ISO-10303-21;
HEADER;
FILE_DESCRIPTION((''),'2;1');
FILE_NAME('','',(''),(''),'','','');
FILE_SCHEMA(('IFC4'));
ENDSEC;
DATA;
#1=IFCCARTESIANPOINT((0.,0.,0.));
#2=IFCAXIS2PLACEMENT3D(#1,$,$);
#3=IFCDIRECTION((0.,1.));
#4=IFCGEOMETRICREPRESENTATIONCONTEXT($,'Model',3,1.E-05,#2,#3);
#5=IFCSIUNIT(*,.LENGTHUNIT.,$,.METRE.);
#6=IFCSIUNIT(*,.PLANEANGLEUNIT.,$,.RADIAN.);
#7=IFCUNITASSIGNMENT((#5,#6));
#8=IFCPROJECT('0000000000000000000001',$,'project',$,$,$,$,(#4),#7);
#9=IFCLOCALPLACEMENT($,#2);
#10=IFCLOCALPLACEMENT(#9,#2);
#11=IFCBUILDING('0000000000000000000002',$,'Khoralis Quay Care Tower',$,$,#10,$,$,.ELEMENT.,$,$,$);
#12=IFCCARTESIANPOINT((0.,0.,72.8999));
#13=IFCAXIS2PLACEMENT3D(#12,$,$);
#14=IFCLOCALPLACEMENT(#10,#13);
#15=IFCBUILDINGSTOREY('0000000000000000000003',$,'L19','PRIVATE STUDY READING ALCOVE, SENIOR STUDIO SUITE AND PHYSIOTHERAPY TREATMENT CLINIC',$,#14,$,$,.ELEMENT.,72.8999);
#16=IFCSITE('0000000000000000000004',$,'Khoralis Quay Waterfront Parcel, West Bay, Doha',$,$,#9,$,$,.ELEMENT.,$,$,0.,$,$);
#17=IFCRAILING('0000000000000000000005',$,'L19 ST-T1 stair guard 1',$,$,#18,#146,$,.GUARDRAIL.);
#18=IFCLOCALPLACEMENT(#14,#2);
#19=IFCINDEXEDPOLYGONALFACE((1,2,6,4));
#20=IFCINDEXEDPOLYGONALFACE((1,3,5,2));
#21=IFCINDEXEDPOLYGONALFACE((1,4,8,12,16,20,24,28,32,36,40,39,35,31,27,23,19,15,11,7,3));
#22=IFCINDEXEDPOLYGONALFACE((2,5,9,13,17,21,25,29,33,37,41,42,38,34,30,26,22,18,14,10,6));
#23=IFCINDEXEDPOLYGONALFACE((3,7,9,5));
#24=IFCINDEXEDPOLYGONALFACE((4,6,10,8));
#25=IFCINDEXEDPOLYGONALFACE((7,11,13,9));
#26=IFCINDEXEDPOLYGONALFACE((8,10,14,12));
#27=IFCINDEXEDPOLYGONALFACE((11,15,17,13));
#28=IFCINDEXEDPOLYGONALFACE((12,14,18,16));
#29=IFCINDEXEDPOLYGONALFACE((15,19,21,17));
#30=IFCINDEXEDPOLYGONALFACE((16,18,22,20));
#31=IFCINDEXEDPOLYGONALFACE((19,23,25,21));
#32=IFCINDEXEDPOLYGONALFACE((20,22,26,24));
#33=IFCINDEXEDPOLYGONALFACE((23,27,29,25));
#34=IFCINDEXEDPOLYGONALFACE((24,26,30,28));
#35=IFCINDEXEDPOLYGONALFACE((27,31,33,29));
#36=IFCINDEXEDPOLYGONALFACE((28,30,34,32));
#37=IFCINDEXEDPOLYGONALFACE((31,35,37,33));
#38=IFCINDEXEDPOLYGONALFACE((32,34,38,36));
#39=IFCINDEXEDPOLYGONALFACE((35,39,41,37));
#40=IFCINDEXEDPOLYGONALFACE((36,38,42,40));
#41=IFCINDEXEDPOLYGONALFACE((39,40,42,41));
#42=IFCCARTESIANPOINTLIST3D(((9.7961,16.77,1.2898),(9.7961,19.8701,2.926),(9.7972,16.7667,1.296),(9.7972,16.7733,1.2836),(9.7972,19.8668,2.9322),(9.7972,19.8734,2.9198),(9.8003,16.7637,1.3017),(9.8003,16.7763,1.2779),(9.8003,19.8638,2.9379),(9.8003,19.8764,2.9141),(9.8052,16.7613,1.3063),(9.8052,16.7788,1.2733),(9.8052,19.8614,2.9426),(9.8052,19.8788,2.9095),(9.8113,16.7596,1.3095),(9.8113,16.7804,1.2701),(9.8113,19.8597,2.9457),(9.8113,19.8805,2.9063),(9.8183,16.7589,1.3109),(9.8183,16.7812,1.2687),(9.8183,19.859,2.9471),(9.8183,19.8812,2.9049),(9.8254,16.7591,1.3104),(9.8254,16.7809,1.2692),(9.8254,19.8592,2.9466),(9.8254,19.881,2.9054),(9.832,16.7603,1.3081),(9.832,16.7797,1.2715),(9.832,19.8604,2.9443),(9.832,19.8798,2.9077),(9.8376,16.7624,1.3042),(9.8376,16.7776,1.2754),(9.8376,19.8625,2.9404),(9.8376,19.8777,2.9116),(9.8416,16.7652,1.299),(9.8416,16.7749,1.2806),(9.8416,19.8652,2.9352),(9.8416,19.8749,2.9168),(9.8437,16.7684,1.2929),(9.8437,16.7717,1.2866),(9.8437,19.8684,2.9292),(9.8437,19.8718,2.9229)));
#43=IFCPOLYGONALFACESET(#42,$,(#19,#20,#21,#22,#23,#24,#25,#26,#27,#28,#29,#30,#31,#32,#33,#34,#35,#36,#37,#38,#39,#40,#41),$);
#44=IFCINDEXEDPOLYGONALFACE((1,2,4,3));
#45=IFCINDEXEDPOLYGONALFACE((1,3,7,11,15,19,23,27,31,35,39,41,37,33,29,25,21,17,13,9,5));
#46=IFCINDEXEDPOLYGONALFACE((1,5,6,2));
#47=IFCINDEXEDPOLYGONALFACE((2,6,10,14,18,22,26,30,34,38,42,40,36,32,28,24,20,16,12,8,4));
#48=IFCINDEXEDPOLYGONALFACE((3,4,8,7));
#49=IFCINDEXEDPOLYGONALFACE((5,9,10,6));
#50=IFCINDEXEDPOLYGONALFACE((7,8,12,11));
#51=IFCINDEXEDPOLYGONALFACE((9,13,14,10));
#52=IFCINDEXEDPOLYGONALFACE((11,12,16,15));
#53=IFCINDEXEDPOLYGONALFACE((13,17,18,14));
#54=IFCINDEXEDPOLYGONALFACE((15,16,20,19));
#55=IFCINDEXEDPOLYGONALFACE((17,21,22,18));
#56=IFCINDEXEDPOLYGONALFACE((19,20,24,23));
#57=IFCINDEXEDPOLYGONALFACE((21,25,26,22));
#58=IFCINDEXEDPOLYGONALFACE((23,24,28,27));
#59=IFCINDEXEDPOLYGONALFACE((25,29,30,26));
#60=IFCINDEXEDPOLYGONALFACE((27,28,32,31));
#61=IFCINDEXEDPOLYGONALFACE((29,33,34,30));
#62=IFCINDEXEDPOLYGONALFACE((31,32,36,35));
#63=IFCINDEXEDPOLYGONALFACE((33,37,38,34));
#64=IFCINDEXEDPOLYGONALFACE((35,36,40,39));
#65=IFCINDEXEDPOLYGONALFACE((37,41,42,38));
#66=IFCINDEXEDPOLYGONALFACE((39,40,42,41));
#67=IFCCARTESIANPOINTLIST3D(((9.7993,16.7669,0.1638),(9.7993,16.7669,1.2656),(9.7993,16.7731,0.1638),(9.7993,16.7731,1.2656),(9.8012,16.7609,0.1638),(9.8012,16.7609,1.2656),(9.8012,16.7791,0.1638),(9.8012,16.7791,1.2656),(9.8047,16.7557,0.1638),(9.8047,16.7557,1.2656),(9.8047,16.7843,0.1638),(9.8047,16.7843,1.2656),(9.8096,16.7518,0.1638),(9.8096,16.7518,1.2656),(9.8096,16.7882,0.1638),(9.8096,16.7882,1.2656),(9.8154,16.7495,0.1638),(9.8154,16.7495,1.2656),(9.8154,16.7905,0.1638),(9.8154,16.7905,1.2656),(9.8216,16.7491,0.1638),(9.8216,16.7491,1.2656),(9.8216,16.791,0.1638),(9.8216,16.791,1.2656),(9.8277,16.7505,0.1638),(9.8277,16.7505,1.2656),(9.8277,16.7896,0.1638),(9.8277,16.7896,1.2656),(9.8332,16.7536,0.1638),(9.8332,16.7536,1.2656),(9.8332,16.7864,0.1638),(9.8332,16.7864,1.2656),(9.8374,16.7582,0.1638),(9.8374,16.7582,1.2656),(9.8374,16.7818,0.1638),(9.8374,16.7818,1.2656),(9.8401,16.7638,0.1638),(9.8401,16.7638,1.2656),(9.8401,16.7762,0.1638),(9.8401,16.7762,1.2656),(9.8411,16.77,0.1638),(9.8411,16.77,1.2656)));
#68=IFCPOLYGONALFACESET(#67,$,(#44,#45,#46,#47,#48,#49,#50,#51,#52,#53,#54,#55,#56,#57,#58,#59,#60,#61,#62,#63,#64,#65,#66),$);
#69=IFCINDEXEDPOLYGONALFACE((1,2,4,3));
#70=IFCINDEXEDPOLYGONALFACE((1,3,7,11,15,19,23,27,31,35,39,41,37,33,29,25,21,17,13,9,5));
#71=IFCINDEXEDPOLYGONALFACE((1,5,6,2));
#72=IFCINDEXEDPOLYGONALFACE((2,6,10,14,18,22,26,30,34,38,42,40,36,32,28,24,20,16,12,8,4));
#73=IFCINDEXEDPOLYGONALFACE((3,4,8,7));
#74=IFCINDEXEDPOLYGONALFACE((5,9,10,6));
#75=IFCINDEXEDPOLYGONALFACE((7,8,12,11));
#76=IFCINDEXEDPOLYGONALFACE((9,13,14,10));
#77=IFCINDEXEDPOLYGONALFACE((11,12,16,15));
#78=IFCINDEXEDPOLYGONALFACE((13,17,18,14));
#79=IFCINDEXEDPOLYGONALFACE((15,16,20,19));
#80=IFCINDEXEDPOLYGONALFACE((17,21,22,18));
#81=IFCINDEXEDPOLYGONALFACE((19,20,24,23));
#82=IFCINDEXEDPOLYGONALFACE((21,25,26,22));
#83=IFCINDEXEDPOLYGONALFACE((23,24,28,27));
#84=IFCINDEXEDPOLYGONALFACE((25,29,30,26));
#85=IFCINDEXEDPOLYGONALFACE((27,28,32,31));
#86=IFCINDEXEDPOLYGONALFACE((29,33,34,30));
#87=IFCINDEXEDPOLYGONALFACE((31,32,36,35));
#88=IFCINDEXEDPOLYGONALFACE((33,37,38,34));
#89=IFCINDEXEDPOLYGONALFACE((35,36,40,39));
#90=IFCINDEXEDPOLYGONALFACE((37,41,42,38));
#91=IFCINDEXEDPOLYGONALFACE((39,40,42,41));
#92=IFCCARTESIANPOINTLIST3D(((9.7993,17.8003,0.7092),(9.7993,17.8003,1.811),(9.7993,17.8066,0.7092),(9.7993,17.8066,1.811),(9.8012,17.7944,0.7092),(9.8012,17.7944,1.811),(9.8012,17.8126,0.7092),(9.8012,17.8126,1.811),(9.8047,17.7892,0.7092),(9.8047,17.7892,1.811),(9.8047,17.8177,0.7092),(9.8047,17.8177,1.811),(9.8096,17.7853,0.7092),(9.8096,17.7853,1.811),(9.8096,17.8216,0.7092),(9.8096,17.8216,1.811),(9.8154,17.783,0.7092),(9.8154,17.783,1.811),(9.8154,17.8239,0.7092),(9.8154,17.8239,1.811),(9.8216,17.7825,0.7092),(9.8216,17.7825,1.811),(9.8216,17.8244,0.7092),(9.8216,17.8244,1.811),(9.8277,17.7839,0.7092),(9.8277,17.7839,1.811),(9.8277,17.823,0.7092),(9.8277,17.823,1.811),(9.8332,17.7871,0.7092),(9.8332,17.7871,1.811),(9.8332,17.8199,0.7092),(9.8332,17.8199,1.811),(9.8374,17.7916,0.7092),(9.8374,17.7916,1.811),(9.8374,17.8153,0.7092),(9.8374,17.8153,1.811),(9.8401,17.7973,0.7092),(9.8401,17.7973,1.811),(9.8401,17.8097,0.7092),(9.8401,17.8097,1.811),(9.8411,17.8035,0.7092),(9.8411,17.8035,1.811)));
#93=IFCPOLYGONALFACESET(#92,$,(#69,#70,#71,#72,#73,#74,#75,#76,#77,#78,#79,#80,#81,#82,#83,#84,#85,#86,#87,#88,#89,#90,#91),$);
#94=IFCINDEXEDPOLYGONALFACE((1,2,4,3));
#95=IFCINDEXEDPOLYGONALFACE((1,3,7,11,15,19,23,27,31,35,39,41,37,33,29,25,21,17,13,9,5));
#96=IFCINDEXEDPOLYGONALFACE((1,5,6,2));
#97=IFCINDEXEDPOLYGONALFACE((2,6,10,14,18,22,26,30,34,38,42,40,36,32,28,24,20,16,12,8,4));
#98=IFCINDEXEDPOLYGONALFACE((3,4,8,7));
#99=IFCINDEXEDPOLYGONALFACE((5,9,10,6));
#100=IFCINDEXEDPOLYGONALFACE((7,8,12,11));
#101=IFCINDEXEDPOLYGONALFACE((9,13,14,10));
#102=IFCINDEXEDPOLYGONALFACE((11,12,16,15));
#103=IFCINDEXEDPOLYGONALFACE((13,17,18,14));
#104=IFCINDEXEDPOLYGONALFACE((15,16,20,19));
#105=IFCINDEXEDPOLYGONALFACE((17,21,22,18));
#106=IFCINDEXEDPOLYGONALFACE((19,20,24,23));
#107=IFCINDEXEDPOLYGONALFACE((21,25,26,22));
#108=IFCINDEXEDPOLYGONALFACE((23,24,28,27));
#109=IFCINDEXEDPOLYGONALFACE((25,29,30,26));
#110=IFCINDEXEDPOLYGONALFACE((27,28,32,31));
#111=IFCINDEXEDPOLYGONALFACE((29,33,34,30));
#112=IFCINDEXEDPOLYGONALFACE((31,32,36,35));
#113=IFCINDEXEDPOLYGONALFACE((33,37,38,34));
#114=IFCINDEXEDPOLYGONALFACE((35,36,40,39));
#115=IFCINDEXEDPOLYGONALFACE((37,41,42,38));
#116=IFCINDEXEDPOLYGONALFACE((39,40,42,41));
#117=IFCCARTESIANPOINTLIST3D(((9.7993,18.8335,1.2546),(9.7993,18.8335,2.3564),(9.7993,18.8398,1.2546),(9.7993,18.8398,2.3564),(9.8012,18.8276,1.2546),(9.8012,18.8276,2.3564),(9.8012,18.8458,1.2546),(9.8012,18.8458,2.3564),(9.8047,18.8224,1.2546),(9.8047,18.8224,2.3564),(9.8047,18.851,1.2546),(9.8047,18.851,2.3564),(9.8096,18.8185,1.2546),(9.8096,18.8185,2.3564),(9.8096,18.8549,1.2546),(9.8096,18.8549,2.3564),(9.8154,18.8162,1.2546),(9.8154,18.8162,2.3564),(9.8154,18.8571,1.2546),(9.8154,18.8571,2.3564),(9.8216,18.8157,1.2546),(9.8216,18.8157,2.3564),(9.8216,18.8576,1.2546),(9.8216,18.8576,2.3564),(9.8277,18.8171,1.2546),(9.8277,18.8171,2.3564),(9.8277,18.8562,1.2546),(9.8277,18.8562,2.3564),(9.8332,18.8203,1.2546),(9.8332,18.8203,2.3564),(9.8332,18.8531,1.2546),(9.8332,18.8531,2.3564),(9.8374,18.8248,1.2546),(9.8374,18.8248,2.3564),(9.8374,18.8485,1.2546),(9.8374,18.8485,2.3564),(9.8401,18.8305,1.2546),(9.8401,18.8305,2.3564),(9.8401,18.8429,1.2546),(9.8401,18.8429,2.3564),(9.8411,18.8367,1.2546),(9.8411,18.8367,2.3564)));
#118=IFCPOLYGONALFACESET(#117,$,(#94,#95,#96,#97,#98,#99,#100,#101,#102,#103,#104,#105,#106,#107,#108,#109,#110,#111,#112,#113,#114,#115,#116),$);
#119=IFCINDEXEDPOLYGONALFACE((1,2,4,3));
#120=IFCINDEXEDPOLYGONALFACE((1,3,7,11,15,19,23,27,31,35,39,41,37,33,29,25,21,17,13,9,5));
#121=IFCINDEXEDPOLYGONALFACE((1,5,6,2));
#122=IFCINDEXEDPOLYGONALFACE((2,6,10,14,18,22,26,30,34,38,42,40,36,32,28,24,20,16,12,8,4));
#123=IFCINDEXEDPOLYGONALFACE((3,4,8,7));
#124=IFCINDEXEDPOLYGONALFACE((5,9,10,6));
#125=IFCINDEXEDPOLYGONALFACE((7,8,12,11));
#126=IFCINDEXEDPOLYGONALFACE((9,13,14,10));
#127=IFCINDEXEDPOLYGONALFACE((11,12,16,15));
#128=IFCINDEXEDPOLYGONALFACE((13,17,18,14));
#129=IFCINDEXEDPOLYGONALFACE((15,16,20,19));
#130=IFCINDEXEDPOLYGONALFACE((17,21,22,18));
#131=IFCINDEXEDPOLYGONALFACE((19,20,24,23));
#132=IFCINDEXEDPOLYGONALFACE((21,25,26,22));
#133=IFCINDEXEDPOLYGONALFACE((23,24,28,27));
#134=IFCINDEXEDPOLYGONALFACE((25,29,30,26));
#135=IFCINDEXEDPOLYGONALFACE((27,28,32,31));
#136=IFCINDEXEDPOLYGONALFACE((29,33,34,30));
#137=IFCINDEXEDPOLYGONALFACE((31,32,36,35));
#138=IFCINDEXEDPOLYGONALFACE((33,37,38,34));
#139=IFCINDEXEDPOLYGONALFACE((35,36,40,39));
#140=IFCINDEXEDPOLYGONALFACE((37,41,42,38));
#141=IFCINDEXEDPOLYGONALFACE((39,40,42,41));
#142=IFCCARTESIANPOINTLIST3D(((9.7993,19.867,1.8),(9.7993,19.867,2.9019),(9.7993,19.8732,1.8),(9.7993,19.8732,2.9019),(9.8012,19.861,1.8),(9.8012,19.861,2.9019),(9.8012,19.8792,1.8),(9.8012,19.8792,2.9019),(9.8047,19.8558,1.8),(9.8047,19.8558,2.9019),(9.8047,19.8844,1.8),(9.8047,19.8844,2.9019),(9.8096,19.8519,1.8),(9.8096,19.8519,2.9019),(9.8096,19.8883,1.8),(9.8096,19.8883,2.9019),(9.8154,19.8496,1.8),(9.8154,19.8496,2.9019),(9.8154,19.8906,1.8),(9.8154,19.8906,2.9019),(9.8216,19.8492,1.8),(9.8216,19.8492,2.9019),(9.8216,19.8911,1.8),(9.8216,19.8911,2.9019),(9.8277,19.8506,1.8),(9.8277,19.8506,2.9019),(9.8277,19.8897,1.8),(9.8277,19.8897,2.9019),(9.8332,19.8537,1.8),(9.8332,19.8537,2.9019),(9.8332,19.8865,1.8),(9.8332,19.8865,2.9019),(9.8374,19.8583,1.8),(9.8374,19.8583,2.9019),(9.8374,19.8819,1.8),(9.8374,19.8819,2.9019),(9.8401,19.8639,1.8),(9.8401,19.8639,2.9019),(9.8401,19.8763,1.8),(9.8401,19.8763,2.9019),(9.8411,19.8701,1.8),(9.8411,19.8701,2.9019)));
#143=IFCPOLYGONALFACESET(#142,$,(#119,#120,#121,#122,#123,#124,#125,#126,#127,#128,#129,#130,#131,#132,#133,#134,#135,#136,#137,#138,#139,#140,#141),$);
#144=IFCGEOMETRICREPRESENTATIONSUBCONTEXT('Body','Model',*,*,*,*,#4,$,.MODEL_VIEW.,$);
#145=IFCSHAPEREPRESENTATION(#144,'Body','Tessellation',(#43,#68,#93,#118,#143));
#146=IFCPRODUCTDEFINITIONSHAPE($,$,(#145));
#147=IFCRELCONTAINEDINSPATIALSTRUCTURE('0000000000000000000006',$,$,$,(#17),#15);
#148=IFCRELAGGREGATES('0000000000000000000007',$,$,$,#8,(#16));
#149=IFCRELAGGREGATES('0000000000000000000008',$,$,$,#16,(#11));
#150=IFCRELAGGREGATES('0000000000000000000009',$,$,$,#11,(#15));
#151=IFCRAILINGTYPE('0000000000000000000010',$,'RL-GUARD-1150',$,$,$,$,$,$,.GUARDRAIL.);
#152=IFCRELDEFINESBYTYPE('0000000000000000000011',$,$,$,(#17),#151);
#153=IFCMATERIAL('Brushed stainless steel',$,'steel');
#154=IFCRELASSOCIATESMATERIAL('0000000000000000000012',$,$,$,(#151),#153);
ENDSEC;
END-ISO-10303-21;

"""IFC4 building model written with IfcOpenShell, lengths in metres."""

from ifc_helpers import new_model, si_unit, direction, frame, origin, origin_2d, place, context, subcontext, project, spatial, circle, extrude, material, type_object, element, save


model = new_model("IFC4")

# Units and contexts
model_context = context("Model", 3, precision=1e-05, world=origin(), true_north=direction((0.0, 1.0)))
body_context = subcontext(model_context, "Body", "Model", "MODEL_VIEW")
ifc_project = project(units=[si_unit("LENGTHUNIT", "METRE"), si_unit("PLANEANGLEUNIT", "RADIAN")], contexts=[model_context])

# Site, building, storey
site_placement = place(None, origin())
site = spatial("IfcSite", under=ifc_project, at=site_placement, Name="Khoralis Quay Waterfront Parcel, West Bay, Doha", CompositionType="ELEMENT", RefElevation=0.0)
building_placement = place(site_placement, origin())
building = spatial("IfcBuilding", under=site, at=building_placement, Name="Khoralis Quay Care Tower", CompositionType="ELEMENT")
storey_placement = place(building_placement, frame((0.0, 0.0, 72.8999)))
storey = spatial("IfcBuildingStorey", under=building, at=storey_placement, Name="L19", Description="PRIVATE STUDY READING ALCOVE, SENIOR STUDIO SUITE AND PHYSIOTHERAPY TREATMENT CLINIC", CompositionType="ELEMENT", Elevation=72.8999)

# Shared definitions
ifc_material_1 = material(Name="Brushed stainless steel", Category="steel")

# Railing
railing_type_1 = type_object("IfcRailingType", Name="RL-GUARD-1150", PredefinedType="GUARDRAIL", material=ifc_material_1)
railing_1_placement = place(storey_placement, frame((9.8201, 16.77, 0.1638)))
element("IfcRailing", 1, at=railing_1_placement, inside=storey, type_object=railing_type_1, Name="L19 ST-T1 stair guard 1", PredefinedType="GUARDRAIL", context=body_context, shape_type="SweptSolid", body=[
    extrude(circle(Radius=0.0239, at=origin_2d()), frame((0.0, 0.0, 1.126), z_axis=(0.0, 0.884377, 0.466774), x_axis=(-1.0, 0.0, 0.0)), (0.0, 0.0, 1.0), 3.5054),
    extrude(circle(Radius=0.021, at=origin_2d()), origin(), (0.0, 0.0, 1.0), 1.1018),
    extrude(circle(Radius=0.021, at=origin_2d()), frame((0.0, 1.0334, 0.5454)), (0.0, 0.0, 1.0), 1.1018),
    extrude(circle(Radius=0.021, at=origin_2d()), frame((0.0, 2.0667, 1.0908)), (0.0, 0.0, 1.0), 1.1018),
    extrude(circle(Radius=0.021, at=origin_2d()), frame((0.0, 3.1001, 1.6362)), (0.0, 0.0, 1.0), 1.1018),
])

save(model, "model.ifc")
